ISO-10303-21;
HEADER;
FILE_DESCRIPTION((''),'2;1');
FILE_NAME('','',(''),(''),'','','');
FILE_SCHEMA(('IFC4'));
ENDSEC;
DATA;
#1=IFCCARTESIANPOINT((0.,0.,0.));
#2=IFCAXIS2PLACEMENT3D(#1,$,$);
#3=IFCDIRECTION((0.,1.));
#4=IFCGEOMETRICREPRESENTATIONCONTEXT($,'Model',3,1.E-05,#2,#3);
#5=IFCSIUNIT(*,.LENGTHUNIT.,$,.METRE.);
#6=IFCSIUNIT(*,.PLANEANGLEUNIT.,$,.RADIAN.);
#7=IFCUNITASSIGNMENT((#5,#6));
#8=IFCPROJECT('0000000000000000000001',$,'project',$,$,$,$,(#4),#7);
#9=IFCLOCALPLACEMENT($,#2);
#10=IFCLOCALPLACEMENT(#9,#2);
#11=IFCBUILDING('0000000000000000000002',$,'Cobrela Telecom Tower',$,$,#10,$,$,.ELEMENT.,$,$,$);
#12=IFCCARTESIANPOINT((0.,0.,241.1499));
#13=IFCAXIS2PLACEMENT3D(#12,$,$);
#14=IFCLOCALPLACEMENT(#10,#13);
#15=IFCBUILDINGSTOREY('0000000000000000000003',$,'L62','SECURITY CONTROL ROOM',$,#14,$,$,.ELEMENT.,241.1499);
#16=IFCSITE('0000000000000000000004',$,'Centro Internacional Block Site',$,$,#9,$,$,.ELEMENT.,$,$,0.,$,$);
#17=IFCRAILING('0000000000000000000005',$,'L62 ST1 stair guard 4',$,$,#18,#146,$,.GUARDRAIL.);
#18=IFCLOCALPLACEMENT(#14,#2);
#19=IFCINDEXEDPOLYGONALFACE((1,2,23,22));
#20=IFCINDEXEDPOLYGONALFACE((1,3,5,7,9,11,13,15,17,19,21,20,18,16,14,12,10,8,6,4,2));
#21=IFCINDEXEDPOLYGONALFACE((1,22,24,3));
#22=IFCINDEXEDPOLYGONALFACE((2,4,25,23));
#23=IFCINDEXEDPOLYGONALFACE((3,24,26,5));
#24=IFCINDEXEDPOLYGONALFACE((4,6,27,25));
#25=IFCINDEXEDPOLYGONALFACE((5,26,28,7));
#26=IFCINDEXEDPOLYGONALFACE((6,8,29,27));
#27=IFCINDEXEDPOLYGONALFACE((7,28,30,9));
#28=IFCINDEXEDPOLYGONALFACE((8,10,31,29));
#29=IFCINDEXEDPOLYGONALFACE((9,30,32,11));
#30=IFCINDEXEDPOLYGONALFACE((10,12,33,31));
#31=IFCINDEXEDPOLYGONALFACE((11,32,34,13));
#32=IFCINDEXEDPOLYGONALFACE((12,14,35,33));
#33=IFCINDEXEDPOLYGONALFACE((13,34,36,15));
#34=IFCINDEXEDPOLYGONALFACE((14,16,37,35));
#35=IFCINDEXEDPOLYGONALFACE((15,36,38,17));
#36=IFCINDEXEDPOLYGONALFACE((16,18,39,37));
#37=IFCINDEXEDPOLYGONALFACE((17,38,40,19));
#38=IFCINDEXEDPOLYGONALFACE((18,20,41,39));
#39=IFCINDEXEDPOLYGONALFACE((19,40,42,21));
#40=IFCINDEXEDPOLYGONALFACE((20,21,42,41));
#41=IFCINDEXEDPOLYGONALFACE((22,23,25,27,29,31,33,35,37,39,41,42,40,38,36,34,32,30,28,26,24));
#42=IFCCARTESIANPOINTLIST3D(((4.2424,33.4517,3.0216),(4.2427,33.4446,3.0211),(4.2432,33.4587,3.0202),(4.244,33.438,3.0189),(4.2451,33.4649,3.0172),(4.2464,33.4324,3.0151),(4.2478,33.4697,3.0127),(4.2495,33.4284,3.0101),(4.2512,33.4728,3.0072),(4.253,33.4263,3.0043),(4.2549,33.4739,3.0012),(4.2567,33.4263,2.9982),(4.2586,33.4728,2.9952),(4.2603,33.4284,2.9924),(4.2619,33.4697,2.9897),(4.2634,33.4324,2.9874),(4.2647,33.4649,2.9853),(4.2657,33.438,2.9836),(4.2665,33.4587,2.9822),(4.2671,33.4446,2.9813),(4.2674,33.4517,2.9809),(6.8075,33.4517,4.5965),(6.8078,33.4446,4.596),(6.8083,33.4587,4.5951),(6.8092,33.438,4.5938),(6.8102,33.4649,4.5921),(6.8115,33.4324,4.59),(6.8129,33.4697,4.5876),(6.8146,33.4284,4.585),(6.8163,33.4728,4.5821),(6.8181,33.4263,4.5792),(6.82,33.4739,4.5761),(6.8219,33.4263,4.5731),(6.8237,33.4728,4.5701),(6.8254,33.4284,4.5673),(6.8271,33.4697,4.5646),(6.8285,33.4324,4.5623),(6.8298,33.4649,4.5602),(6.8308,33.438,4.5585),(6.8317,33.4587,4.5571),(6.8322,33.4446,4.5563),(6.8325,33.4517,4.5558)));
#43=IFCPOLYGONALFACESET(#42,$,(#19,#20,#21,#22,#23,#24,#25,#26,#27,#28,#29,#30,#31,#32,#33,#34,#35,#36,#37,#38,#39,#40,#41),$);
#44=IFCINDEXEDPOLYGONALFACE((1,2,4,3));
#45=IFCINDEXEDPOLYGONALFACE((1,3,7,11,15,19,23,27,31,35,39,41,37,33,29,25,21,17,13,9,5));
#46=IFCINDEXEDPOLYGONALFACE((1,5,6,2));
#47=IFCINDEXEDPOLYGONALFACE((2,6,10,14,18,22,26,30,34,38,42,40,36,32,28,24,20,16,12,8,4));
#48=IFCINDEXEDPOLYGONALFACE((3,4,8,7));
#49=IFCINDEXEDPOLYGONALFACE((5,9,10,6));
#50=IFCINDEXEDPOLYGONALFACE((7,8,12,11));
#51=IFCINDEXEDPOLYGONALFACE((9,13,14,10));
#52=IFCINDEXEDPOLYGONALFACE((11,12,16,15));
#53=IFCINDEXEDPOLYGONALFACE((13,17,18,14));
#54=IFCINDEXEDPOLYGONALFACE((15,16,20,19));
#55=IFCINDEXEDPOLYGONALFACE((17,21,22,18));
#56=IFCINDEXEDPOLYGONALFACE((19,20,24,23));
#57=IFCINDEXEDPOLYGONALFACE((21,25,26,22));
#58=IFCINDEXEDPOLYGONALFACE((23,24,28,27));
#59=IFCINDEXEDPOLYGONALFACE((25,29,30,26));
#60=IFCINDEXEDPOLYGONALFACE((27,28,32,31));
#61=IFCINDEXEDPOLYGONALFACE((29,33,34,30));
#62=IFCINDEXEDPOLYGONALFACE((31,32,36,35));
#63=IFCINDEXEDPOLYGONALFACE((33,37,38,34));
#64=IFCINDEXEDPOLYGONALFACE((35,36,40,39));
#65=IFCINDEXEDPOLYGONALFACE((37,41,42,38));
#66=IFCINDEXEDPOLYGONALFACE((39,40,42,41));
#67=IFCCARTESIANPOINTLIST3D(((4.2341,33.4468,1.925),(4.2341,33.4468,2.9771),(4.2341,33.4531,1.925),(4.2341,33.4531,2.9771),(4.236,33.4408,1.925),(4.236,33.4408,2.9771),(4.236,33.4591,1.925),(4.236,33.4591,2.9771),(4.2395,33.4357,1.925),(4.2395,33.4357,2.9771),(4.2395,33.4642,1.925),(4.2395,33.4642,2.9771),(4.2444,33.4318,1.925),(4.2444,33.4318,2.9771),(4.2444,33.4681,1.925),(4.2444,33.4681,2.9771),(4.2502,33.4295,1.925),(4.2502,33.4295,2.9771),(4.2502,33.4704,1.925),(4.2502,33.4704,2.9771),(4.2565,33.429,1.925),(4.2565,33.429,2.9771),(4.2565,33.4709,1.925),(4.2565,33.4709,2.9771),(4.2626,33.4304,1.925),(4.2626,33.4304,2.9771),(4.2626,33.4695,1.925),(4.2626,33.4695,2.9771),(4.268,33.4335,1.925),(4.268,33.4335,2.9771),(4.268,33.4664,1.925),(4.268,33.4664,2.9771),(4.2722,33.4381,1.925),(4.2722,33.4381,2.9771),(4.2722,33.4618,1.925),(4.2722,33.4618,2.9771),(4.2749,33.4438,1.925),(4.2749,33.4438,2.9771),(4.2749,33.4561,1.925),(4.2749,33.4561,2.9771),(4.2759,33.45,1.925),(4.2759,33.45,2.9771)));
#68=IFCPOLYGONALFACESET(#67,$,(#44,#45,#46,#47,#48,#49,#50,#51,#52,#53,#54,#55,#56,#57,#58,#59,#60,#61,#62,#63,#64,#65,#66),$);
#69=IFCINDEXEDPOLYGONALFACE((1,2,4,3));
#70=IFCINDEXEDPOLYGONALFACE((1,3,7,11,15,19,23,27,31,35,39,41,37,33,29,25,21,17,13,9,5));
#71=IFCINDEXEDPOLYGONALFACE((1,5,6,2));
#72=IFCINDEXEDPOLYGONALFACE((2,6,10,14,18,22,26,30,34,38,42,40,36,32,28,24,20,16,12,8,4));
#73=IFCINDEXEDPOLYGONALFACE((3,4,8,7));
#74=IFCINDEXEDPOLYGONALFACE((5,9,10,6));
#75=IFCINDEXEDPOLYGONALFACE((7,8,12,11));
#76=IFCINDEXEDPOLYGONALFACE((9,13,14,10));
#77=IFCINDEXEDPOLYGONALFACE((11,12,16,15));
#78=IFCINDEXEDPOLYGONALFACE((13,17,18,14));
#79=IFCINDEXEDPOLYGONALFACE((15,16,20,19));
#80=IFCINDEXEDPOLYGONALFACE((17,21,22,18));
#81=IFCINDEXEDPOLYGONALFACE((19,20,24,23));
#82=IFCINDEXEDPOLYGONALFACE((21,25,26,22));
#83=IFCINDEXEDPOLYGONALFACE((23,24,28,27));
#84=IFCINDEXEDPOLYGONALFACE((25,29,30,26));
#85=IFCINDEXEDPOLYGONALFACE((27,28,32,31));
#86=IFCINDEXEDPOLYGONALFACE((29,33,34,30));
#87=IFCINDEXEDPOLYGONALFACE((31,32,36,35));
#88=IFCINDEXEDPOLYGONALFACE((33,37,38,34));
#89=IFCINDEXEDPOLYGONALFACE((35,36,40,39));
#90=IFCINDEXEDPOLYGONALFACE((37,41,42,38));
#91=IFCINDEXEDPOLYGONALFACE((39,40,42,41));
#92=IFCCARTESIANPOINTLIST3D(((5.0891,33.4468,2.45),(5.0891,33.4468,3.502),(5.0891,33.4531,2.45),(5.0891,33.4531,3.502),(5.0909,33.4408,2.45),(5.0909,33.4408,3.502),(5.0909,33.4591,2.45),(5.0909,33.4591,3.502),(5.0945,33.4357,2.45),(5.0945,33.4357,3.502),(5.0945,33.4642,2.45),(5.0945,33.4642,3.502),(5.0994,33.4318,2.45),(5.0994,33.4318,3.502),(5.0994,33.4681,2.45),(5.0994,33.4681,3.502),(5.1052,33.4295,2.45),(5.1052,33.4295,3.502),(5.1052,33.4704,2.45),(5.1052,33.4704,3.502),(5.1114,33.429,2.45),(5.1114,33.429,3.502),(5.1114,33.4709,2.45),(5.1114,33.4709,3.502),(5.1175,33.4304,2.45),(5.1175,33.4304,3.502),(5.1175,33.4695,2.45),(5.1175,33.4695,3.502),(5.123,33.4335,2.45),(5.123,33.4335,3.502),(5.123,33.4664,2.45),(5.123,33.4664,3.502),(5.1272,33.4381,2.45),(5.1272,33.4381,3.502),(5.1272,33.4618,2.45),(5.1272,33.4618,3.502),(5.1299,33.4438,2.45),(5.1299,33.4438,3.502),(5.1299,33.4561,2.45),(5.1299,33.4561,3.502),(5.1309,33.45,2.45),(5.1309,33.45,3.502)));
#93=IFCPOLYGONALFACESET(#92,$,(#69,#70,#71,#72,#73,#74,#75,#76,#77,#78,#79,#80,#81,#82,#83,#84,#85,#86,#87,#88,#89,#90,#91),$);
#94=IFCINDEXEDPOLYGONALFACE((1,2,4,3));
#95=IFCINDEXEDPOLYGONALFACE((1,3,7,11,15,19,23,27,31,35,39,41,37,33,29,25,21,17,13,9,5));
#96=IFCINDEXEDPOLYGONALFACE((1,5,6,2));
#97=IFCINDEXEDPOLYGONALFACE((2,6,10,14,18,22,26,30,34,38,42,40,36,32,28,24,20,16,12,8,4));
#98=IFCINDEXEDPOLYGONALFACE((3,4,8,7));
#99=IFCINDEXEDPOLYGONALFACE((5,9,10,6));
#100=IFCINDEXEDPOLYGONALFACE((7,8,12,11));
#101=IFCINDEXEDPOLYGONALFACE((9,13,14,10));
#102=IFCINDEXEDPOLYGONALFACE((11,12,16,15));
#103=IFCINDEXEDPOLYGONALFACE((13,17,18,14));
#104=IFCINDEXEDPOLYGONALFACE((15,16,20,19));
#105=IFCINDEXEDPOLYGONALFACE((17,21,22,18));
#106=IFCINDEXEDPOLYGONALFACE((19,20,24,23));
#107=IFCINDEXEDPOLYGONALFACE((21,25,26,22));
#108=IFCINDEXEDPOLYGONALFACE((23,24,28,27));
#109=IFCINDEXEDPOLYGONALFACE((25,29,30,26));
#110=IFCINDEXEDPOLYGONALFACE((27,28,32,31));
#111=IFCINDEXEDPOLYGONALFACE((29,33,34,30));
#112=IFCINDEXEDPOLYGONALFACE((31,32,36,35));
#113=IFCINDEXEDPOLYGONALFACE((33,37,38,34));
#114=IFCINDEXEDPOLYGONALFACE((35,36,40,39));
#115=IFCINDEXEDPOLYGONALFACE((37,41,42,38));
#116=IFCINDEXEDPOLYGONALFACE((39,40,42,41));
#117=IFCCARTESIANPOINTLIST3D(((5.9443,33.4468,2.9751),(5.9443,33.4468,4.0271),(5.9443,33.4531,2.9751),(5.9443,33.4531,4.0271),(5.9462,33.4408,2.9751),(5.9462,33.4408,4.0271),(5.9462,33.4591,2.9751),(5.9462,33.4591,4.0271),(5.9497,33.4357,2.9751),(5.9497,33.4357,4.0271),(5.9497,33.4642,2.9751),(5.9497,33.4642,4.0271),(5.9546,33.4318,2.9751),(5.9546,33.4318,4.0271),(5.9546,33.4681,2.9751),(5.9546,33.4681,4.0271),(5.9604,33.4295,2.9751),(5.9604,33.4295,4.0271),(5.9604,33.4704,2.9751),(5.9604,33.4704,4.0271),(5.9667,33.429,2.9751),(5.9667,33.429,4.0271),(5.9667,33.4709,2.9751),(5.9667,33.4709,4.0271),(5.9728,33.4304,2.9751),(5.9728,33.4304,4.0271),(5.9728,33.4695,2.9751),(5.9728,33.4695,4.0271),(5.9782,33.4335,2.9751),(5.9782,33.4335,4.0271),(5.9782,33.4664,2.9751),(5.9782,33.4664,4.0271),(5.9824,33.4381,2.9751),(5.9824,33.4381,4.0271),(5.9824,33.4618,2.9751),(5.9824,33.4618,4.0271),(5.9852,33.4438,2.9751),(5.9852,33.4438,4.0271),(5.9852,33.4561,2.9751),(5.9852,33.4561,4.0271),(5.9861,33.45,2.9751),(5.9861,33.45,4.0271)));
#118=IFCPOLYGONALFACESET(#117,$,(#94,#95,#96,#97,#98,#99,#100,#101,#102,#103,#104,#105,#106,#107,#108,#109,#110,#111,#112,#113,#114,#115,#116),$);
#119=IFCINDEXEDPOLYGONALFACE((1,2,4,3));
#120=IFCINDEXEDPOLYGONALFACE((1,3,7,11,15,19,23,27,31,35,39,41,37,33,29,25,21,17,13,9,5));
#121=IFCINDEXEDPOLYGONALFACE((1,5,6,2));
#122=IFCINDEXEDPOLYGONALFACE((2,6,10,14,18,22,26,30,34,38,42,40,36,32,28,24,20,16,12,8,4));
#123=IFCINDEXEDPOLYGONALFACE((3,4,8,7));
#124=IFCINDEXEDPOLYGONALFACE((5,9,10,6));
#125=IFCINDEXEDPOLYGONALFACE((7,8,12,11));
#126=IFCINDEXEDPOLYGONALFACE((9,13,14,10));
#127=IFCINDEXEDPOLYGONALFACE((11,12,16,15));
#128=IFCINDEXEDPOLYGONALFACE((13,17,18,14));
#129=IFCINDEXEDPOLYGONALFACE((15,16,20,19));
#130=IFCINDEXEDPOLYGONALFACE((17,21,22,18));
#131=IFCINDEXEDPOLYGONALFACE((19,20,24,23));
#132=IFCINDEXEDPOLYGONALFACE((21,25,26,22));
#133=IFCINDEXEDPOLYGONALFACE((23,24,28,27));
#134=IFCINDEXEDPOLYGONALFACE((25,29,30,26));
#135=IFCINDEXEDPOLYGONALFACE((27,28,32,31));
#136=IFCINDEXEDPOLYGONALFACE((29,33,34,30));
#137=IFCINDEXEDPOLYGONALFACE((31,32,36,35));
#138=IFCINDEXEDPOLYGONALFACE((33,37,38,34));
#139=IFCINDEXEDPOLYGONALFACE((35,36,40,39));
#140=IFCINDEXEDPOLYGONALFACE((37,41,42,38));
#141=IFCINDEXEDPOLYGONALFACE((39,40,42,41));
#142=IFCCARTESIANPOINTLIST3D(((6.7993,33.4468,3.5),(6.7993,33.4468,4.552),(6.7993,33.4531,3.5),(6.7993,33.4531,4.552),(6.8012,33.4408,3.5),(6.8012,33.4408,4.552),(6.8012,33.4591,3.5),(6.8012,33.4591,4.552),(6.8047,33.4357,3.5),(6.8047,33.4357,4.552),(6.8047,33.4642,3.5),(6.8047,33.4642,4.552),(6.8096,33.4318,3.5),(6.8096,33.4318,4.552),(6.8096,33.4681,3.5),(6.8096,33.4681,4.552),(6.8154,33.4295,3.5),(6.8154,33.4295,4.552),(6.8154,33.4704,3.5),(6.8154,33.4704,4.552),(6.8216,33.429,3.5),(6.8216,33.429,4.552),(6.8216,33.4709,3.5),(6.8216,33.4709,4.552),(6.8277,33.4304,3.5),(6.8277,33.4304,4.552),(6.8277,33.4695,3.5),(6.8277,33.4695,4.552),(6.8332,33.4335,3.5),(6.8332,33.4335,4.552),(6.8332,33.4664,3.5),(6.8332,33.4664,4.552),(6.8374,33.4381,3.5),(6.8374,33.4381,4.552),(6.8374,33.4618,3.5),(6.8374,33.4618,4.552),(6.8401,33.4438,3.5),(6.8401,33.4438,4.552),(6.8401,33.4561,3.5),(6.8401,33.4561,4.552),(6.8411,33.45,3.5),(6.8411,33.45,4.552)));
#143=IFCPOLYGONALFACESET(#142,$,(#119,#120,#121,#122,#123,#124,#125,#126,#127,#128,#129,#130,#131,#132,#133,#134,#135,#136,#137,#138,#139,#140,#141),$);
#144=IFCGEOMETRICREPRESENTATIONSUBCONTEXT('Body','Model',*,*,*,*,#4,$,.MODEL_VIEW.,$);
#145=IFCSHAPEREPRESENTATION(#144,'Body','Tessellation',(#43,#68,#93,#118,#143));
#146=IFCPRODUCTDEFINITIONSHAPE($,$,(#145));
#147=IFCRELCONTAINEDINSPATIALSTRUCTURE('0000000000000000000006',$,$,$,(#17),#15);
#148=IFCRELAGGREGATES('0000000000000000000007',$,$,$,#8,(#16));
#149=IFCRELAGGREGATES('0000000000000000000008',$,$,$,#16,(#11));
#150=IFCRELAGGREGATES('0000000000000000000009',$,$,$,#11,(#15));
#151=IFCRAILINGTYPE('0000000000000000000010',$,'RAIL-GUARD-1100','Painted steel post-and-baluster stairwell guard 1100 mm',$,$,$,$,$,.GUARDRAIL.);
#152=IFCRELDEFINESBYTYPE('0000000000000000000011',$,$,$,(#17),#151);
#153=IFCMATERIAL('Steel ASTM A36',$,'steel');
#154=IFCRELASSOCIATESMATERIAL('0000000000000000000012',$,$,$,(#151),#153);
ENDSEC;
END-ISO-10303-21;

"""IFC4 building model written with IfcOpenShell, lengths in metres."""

from ifc_helpers import new_model, si_unit, direction, frame, origin, origin_2d, place, context, subcontext, project, spatial, circle, extrude, material, type_object, element, save


model = new_model("IFC4")

# Units and contexts
model_context = context("Model", 3, precision=1e-05, world=origin(), true_north=direction((0.0, 1.0)))
body_context = subcontext(model_context, "Body", "Model", "MODEL_VIEW")
ifc_project = project(units=[si_unit("LENGTHUNIT", "METRE"), si_unit("PLANEANGLEUNIT", "RADIAN")], contexts=[model_context])

# Site, building, storey
site_placement = place(None, origin())
site = spatial("IfcSite", under=ifc_project, at=site_placement, Name="Centro Internacional Block Site", CompositionType="ELEMENT", RefElevation=0.0)
building_placement = place(site_placement, origin())
building = spatial("IfcBuilding", under=site, at=building_placement, Name="Cobrela Telecom Tower", CompositionType="ELEMENT")
storey_placement = place(building_placement, frame((0.0, 0.0, 241.1499)))
storey = spatial("IfcBuildingStorey", under=building, at=storey_placement, Name="L62", Description="SECURITY CONTROL ROOM", CompositionType="ELEMENT", Elevation=241.1499)

# Shared definitions
ifc_material_1 = material(Name="Steel ASTM A36", Category="steel")

# Railing
railing_type_1 = type_object("IfcRailingType", Name="RAIL-GUARD-1100", Description="Painted steel post-and-baluster stairwell guard 1100 mm", PredefinedType="GUARDRAIL", material=ifc_material_1)
railing_1_placement = place(storey_placement, frame((4.2549, 33.45, 1.925)))
element("IfcRailing", 1, at=railing_1_placement, inside=storey, type_object=railing_type_1, Name="L62 ST1 stair guard 4", PredefinedType="GUARDRAIL", context=body_context, shape_type="SweptSolid", body=[
    extrude(circle(Radius=0.0239, at=origin_2d()), frame((0.0, 0.0, 1.0762), z_axis=(0.852195, 0.0, 0.523224), x_axis=(0.0, 1.0, 0.0)), (0.0, 0.0, 1.0), 3.01),
    extrude(circle(Radius=0.021, at=origin_2d()), origin(), (0.0, 0.0, 1.0), 1.052),
    extrude(circle(Radius=0.021, at=origin_2d()), frame((0.855, 0.0, 0.5249)), (0.0, 0.0, 1.0), 1.052),
    extrude(circle(Radius=0.021, at=origin_2d()), frame((1.7102, 0.0, 1.05)), (0.0, 0.0, 1.0), 1.052),
    extrude(circle(Radius=0.021, at=origin_2d()), frame((2.5652, 0.0, 1.575)), (0.0, 0.0, 1.0), 1.052),
])

save(model, "model.ifc")
